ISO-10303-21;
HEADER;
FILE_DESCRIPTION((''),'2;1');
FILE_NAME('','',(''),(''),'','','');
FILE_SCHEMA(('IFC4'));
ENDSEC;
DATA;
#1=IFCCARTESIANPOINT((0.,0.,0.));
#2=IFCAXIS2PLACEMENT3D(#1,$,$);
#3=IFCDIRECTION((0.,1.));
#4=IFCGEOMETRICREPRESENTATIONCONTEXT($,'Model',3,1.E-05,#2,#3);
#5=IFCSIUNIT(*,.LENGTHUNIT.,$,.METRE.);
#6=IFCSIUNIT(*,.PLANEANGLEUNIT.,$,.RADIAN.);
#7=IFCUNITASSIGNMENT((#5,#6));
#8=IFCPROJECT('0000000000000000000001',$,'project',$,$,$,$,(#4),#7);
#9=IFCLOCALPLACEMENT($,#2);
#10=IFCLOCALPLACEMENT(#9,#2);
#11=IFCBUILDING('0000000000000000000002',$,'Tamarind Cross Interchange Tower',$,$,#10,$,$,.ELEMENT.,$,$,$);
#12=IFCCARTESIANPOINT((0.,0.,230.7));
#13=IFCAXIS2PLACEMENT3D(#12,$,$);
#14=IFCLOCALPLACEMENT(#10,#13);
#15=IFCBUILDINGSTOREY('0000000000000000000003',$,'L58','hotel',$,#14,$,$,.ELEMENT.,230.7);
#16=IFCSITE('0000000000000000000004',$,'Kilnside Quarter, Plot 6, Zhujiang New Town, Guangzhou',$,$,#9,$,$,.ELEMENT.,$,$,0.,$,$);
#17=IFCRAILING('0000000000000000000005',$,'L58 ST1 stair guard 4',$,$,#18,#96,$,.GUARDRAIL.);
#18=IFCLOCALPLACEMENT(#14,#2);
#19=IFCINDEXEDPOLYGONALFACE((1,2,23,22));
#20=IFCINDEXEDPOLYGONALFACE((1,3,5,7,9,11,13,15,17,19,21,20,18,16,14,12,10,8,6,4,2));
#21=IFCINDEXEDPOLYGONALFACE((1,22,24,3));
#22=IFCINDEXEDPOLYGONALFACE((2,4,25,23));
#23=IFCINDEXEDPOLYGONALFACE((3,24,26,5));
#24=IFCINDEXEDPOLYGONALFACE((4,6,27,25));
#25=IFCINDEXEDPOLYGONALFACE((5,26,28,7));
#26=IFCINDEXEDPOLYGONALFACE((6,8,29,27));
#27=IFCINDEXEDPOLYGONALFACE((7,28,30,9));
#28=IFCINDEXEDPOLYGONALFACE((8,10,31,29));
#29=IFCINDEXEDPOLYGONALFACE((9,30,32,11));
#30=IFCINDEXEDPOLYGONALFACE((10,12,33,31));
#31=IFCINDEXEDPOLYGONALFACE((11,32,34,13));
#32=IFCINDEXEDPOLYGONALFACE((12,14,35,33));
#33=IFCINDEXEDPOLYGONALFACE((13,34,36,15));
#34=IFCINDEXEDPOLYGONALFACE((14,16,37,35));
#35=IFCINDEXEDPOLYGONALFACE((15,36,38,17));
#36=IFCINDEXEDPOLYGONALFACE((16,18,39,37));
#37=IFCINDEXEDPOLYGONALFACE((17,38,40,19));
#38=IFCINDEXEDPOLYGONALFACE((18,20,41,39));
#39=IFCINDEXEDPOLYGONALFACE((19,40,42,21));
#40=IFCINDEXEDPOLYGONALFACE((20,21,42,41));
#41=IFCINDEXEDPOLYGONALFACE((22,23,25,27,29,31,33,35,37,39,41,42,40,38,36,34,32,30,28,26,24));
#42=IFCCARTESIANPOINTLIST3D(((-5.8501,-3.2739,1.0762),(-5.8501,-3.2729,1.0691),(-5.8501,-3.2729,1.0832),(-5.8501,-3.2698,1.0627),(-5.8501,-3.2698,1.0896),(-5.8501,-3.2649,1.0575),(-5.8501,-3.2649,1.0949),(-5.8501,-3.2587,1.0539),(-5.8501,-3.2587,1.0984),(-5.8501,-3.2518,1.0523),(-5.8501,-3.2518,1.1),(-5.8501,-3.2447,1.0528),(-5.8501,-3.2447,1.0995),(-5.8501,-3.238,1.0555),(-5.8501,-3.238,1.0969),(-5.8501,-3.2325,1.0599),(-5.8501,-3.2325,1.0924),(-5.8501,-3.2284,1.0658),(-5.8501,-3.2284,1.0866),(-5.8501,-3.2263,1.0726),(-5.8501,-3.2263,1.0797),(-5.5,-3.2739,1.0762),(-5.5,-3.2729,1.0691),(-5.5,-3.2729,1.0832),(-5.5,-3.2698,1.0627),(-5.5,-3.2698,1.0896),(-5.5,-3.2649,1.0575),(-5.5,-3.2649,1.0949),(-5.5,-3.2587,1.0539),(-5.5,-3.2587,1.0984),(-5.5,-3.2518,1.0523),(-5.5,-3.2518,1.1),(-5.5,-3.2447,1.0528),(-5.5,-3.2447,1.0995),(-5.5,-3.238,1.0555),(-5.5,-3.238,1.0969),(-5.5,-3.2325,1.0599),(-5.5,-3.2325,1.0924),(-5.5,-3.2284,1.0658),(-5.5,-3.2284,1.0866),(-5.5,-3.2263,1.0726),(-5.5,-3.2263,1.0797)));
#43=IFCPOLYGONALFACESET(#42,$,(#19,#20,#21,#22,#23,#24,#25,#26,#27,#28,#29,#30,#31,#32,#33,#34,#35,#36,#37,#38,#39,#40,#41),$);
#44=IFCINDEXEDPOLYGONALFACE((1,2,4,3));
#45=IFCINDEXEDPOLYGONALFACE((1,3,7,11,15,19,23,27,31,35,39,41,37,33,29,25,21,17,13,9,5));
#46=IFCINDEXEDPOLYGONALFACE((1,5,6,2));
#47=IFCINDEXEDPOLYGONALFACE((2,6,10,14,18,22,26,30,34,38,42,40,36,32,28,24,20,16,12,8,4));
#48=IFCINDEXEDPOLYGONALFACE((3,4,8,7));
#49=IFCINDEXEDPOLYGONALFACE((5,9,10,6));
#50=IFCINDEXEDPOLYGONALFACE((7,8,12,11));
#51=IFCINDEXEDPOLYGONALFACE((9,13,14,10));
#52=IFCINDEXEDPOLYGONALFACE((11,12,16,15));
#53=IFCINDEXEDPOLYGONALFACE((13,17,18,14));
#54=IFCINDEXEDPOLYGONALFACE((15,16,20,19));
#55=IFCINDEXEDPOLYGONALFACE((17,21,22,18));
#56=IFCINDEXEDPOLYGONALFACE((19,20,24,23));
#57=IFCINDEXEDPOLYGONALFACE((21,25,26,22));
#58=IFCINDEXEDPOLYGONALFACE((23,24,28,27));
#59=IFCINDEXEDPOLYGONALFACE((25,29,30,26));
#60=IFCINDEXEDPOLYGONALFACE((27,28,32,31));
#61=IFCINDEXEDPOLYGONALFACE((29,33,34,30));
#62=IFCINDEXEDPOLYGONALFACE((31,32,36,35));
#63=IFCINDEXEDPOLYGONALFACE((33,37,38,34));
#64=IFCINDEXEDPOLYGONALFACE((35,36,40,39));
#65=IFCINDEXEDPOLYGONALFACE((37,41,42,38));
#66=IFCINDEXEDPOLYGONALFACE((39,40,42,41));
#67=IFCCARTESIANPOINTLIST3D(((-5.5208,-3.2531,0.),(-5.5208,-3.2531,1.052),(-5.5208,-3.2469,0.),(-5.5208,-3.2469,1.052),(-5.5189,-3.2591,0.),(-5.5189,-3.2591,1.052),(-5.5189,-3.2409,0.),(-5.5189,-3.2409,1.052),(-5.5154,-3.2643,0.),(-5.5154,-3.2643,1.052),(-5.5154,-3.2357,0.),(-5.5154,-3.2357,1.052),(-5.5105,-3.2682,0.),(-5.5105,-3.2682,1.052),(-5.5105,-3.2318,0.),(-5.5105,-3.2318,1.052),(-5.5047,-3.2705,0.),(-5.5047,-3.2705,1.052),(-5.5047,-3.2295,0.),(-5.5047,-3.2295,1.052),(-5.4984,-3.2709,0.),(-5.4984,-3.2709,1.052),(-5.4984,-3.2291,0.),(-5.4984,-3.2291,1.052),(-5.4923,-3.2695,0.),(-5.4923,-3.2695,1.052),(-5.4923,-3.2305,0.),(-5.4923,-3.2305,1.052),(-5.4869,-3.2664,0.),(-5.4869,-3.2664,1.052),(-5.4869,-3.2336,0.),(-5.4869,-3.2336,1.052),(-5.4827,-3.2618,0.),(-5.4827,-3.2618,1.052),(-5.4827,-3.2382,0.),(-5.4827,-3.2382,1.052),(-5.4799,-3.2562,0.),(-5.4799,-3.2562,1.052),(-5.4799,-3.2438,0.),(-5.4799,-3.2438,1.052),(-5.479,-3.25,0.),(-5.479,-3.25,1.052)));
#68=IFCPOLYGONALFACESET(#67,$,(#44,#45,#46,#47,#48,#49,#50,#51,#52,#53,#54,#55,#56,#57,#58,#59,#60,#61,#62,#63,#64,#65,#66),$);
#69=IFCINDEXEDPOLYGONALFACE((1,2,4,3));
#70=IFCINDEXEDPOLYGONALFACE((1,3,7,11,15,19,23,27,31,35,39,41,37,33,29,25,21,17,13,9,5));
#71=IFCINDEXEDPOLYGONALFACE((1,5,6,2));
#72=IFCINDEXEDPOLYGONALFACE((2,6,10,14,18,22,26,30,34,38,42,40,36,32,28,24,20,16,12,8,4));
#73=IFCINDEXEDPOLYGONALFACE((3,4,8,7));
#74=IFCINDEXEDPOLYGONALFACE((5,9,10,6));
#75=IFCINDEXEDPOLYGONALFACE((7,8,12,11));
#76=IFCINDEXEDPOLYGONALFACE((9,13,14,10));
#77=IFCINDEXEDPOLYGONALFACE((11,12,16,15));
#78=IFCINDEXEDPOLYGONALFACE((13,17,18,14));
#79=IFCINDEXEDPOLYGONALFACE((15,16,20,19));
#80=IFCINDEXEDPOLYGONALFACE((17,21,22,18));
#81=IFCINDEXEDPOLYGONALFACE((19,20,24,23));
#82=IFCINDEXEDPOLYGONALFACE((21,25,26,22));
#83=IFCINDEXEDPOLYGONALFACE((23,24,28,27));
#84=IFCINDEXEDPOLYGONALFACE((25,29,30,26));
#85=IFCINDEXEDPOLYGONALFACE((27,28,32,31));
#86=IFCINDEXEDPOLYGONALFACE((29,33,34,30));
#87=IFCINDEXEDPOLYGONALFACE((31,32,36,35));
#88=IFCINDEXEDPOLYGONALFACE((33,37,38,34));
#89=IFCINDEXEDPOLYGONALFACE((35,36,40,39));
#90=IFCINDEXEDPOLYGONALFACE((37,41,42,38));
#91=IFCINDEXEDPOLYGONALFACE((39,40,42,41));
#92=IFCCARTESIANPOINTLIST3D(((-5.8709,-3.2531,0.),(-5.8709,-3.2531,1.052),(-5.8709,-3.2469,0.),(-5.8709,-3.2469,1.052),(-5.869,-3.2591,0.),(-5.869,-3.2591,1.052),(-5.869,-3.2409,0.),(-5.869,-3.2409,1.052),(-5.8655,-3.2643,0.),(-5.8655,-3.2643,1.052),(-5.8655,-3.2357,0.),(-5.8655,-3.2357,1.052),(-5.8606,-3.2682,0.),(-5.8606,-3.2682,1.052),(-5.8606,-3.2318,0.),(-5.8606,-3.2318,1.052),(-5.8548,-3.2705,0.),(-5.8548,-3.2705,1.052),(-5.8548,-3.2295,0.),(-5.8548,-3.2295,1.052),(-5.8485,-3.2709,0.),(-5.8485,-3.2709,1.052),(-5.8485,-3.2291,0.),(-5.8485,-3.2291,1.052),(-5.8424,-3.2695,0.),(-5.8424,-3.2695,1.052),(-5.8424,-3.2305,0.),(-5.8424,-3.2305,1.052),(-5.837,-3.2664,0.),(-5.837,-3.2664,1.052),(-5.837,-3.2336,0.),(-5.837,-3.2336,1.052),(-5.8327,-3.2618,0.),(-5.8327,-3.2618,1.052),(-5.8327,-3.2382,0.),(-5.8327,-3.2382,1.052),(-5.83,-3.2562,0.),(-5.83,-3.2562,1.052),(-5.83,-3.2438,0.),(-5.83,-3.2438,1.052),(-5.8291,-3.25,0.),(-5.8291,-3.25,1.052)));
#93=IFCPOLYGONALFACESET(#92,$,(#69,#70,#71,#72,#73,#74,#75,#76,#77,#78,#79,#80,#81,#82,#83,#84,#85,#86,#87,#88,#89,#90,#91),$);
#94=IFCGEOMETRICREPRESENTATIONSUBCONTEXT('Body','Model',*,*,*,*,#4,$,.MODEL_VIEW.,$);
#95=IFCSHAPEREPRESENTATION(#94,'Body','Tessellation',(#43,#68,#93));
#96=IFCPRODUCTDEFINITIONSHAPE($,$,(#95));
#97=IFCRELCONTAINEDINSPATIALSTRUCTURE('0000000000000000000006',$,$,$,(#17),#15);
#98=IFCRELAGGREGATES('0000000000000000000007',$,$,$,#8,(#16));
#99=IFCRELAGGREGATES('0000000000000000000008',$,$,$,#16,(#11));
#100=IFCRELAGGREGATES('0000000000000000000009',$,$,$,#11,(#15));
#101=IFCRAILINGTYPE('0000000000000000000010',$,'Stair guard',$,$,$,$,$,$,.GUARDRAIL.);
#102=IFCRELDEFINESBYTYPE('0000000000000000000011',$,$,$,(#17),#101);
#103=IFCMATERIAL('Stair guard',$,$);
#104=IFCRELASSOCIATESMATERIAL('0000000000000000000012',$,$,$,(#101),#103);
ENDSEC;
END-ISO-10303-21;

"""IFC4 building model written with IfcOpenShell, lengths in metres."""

from ifc_helpers import new_model, si_unit, direction, frame, origin, origin_2d, place, context, subcontext, project, spatial, circle, extrude, material, type_object, element, save


model = new_model("IFC4")

# Units and contexts
model_context = context("Model", 3, precision=1e-05, world=origin(), true_north=direction((0.0, 1.0)))
body_context = subcontext(model_context, "Body", "Model", "MODEL_VIEW")
ifc_project = project(units=[si_unit("LENGTHUNIT", "METRE"), si_unit("PLANEANGLEUNIT", "RADIAN")], contexts=[model_context])

# Site, building, storey
site_placement = place(None, origin())
site = spatial("IfcSite", under=ifc_project, at=site_placement, Name="Kilnside Quarter, Plot 6, Zhujiang New Town, Guangzhou", CompositionType="ELEMENT", RefElevation=0.0)
building_placement = place(site_placement, origin())
building = spatial("IfcBuilding", under=site, at=building_placement, Name="Tamarind Cross Interchange Tower", CompositionType="ELEMENT")
storey_placement = place(building_placement, frame((0.0, 0.0, 230.7)))
storey = spatial("IfcBuildingStorey", under=building, at=storey_placement, Name="L58", Description="hotel", CompositionType="ELEMENT", Elevation=230.7)

# Railing
ifc_material_1 = material(Name="Stair guard")
railing_type_1 = type_object("IfcRailingType", Name="Stair guard", PredefinedType="GUARDRAIL", material=ifc_material_1)
railing_1_placement = place(storey_placement, frame((-5.5, -3.25, 0.0)))
element("IfcRailing", 1, at=railing_1_placement, inside=storey, type_object=railing_type_1, Name="L58 ST1 stair guard 4", PredefinedType="GUARDRAIL", context=body_context, shape_type="SweptSolid", body=[
    extrude(circle(Radius=0.0239, at=origin_2d()), frame((0.0, 0.0, 1.0762), z_axis=(-1.0, 0.0, 0.0), x_axis=(0.0, -1.0, 0.0)), (0.0, 0.0, 1.0), 0.3501),
    extrude(circle(Radius=0.021, at=origin_2d()), origin(), (0.0, 0.0, 1.0), 1.052),
    extrude(circle(Radius=0.021, at=origin_2d()), frame((-0.3501, 0.0, 0.0)), (0.0, 0.0, 1.0), 1.052),
])

save(model, "model.ifc")
